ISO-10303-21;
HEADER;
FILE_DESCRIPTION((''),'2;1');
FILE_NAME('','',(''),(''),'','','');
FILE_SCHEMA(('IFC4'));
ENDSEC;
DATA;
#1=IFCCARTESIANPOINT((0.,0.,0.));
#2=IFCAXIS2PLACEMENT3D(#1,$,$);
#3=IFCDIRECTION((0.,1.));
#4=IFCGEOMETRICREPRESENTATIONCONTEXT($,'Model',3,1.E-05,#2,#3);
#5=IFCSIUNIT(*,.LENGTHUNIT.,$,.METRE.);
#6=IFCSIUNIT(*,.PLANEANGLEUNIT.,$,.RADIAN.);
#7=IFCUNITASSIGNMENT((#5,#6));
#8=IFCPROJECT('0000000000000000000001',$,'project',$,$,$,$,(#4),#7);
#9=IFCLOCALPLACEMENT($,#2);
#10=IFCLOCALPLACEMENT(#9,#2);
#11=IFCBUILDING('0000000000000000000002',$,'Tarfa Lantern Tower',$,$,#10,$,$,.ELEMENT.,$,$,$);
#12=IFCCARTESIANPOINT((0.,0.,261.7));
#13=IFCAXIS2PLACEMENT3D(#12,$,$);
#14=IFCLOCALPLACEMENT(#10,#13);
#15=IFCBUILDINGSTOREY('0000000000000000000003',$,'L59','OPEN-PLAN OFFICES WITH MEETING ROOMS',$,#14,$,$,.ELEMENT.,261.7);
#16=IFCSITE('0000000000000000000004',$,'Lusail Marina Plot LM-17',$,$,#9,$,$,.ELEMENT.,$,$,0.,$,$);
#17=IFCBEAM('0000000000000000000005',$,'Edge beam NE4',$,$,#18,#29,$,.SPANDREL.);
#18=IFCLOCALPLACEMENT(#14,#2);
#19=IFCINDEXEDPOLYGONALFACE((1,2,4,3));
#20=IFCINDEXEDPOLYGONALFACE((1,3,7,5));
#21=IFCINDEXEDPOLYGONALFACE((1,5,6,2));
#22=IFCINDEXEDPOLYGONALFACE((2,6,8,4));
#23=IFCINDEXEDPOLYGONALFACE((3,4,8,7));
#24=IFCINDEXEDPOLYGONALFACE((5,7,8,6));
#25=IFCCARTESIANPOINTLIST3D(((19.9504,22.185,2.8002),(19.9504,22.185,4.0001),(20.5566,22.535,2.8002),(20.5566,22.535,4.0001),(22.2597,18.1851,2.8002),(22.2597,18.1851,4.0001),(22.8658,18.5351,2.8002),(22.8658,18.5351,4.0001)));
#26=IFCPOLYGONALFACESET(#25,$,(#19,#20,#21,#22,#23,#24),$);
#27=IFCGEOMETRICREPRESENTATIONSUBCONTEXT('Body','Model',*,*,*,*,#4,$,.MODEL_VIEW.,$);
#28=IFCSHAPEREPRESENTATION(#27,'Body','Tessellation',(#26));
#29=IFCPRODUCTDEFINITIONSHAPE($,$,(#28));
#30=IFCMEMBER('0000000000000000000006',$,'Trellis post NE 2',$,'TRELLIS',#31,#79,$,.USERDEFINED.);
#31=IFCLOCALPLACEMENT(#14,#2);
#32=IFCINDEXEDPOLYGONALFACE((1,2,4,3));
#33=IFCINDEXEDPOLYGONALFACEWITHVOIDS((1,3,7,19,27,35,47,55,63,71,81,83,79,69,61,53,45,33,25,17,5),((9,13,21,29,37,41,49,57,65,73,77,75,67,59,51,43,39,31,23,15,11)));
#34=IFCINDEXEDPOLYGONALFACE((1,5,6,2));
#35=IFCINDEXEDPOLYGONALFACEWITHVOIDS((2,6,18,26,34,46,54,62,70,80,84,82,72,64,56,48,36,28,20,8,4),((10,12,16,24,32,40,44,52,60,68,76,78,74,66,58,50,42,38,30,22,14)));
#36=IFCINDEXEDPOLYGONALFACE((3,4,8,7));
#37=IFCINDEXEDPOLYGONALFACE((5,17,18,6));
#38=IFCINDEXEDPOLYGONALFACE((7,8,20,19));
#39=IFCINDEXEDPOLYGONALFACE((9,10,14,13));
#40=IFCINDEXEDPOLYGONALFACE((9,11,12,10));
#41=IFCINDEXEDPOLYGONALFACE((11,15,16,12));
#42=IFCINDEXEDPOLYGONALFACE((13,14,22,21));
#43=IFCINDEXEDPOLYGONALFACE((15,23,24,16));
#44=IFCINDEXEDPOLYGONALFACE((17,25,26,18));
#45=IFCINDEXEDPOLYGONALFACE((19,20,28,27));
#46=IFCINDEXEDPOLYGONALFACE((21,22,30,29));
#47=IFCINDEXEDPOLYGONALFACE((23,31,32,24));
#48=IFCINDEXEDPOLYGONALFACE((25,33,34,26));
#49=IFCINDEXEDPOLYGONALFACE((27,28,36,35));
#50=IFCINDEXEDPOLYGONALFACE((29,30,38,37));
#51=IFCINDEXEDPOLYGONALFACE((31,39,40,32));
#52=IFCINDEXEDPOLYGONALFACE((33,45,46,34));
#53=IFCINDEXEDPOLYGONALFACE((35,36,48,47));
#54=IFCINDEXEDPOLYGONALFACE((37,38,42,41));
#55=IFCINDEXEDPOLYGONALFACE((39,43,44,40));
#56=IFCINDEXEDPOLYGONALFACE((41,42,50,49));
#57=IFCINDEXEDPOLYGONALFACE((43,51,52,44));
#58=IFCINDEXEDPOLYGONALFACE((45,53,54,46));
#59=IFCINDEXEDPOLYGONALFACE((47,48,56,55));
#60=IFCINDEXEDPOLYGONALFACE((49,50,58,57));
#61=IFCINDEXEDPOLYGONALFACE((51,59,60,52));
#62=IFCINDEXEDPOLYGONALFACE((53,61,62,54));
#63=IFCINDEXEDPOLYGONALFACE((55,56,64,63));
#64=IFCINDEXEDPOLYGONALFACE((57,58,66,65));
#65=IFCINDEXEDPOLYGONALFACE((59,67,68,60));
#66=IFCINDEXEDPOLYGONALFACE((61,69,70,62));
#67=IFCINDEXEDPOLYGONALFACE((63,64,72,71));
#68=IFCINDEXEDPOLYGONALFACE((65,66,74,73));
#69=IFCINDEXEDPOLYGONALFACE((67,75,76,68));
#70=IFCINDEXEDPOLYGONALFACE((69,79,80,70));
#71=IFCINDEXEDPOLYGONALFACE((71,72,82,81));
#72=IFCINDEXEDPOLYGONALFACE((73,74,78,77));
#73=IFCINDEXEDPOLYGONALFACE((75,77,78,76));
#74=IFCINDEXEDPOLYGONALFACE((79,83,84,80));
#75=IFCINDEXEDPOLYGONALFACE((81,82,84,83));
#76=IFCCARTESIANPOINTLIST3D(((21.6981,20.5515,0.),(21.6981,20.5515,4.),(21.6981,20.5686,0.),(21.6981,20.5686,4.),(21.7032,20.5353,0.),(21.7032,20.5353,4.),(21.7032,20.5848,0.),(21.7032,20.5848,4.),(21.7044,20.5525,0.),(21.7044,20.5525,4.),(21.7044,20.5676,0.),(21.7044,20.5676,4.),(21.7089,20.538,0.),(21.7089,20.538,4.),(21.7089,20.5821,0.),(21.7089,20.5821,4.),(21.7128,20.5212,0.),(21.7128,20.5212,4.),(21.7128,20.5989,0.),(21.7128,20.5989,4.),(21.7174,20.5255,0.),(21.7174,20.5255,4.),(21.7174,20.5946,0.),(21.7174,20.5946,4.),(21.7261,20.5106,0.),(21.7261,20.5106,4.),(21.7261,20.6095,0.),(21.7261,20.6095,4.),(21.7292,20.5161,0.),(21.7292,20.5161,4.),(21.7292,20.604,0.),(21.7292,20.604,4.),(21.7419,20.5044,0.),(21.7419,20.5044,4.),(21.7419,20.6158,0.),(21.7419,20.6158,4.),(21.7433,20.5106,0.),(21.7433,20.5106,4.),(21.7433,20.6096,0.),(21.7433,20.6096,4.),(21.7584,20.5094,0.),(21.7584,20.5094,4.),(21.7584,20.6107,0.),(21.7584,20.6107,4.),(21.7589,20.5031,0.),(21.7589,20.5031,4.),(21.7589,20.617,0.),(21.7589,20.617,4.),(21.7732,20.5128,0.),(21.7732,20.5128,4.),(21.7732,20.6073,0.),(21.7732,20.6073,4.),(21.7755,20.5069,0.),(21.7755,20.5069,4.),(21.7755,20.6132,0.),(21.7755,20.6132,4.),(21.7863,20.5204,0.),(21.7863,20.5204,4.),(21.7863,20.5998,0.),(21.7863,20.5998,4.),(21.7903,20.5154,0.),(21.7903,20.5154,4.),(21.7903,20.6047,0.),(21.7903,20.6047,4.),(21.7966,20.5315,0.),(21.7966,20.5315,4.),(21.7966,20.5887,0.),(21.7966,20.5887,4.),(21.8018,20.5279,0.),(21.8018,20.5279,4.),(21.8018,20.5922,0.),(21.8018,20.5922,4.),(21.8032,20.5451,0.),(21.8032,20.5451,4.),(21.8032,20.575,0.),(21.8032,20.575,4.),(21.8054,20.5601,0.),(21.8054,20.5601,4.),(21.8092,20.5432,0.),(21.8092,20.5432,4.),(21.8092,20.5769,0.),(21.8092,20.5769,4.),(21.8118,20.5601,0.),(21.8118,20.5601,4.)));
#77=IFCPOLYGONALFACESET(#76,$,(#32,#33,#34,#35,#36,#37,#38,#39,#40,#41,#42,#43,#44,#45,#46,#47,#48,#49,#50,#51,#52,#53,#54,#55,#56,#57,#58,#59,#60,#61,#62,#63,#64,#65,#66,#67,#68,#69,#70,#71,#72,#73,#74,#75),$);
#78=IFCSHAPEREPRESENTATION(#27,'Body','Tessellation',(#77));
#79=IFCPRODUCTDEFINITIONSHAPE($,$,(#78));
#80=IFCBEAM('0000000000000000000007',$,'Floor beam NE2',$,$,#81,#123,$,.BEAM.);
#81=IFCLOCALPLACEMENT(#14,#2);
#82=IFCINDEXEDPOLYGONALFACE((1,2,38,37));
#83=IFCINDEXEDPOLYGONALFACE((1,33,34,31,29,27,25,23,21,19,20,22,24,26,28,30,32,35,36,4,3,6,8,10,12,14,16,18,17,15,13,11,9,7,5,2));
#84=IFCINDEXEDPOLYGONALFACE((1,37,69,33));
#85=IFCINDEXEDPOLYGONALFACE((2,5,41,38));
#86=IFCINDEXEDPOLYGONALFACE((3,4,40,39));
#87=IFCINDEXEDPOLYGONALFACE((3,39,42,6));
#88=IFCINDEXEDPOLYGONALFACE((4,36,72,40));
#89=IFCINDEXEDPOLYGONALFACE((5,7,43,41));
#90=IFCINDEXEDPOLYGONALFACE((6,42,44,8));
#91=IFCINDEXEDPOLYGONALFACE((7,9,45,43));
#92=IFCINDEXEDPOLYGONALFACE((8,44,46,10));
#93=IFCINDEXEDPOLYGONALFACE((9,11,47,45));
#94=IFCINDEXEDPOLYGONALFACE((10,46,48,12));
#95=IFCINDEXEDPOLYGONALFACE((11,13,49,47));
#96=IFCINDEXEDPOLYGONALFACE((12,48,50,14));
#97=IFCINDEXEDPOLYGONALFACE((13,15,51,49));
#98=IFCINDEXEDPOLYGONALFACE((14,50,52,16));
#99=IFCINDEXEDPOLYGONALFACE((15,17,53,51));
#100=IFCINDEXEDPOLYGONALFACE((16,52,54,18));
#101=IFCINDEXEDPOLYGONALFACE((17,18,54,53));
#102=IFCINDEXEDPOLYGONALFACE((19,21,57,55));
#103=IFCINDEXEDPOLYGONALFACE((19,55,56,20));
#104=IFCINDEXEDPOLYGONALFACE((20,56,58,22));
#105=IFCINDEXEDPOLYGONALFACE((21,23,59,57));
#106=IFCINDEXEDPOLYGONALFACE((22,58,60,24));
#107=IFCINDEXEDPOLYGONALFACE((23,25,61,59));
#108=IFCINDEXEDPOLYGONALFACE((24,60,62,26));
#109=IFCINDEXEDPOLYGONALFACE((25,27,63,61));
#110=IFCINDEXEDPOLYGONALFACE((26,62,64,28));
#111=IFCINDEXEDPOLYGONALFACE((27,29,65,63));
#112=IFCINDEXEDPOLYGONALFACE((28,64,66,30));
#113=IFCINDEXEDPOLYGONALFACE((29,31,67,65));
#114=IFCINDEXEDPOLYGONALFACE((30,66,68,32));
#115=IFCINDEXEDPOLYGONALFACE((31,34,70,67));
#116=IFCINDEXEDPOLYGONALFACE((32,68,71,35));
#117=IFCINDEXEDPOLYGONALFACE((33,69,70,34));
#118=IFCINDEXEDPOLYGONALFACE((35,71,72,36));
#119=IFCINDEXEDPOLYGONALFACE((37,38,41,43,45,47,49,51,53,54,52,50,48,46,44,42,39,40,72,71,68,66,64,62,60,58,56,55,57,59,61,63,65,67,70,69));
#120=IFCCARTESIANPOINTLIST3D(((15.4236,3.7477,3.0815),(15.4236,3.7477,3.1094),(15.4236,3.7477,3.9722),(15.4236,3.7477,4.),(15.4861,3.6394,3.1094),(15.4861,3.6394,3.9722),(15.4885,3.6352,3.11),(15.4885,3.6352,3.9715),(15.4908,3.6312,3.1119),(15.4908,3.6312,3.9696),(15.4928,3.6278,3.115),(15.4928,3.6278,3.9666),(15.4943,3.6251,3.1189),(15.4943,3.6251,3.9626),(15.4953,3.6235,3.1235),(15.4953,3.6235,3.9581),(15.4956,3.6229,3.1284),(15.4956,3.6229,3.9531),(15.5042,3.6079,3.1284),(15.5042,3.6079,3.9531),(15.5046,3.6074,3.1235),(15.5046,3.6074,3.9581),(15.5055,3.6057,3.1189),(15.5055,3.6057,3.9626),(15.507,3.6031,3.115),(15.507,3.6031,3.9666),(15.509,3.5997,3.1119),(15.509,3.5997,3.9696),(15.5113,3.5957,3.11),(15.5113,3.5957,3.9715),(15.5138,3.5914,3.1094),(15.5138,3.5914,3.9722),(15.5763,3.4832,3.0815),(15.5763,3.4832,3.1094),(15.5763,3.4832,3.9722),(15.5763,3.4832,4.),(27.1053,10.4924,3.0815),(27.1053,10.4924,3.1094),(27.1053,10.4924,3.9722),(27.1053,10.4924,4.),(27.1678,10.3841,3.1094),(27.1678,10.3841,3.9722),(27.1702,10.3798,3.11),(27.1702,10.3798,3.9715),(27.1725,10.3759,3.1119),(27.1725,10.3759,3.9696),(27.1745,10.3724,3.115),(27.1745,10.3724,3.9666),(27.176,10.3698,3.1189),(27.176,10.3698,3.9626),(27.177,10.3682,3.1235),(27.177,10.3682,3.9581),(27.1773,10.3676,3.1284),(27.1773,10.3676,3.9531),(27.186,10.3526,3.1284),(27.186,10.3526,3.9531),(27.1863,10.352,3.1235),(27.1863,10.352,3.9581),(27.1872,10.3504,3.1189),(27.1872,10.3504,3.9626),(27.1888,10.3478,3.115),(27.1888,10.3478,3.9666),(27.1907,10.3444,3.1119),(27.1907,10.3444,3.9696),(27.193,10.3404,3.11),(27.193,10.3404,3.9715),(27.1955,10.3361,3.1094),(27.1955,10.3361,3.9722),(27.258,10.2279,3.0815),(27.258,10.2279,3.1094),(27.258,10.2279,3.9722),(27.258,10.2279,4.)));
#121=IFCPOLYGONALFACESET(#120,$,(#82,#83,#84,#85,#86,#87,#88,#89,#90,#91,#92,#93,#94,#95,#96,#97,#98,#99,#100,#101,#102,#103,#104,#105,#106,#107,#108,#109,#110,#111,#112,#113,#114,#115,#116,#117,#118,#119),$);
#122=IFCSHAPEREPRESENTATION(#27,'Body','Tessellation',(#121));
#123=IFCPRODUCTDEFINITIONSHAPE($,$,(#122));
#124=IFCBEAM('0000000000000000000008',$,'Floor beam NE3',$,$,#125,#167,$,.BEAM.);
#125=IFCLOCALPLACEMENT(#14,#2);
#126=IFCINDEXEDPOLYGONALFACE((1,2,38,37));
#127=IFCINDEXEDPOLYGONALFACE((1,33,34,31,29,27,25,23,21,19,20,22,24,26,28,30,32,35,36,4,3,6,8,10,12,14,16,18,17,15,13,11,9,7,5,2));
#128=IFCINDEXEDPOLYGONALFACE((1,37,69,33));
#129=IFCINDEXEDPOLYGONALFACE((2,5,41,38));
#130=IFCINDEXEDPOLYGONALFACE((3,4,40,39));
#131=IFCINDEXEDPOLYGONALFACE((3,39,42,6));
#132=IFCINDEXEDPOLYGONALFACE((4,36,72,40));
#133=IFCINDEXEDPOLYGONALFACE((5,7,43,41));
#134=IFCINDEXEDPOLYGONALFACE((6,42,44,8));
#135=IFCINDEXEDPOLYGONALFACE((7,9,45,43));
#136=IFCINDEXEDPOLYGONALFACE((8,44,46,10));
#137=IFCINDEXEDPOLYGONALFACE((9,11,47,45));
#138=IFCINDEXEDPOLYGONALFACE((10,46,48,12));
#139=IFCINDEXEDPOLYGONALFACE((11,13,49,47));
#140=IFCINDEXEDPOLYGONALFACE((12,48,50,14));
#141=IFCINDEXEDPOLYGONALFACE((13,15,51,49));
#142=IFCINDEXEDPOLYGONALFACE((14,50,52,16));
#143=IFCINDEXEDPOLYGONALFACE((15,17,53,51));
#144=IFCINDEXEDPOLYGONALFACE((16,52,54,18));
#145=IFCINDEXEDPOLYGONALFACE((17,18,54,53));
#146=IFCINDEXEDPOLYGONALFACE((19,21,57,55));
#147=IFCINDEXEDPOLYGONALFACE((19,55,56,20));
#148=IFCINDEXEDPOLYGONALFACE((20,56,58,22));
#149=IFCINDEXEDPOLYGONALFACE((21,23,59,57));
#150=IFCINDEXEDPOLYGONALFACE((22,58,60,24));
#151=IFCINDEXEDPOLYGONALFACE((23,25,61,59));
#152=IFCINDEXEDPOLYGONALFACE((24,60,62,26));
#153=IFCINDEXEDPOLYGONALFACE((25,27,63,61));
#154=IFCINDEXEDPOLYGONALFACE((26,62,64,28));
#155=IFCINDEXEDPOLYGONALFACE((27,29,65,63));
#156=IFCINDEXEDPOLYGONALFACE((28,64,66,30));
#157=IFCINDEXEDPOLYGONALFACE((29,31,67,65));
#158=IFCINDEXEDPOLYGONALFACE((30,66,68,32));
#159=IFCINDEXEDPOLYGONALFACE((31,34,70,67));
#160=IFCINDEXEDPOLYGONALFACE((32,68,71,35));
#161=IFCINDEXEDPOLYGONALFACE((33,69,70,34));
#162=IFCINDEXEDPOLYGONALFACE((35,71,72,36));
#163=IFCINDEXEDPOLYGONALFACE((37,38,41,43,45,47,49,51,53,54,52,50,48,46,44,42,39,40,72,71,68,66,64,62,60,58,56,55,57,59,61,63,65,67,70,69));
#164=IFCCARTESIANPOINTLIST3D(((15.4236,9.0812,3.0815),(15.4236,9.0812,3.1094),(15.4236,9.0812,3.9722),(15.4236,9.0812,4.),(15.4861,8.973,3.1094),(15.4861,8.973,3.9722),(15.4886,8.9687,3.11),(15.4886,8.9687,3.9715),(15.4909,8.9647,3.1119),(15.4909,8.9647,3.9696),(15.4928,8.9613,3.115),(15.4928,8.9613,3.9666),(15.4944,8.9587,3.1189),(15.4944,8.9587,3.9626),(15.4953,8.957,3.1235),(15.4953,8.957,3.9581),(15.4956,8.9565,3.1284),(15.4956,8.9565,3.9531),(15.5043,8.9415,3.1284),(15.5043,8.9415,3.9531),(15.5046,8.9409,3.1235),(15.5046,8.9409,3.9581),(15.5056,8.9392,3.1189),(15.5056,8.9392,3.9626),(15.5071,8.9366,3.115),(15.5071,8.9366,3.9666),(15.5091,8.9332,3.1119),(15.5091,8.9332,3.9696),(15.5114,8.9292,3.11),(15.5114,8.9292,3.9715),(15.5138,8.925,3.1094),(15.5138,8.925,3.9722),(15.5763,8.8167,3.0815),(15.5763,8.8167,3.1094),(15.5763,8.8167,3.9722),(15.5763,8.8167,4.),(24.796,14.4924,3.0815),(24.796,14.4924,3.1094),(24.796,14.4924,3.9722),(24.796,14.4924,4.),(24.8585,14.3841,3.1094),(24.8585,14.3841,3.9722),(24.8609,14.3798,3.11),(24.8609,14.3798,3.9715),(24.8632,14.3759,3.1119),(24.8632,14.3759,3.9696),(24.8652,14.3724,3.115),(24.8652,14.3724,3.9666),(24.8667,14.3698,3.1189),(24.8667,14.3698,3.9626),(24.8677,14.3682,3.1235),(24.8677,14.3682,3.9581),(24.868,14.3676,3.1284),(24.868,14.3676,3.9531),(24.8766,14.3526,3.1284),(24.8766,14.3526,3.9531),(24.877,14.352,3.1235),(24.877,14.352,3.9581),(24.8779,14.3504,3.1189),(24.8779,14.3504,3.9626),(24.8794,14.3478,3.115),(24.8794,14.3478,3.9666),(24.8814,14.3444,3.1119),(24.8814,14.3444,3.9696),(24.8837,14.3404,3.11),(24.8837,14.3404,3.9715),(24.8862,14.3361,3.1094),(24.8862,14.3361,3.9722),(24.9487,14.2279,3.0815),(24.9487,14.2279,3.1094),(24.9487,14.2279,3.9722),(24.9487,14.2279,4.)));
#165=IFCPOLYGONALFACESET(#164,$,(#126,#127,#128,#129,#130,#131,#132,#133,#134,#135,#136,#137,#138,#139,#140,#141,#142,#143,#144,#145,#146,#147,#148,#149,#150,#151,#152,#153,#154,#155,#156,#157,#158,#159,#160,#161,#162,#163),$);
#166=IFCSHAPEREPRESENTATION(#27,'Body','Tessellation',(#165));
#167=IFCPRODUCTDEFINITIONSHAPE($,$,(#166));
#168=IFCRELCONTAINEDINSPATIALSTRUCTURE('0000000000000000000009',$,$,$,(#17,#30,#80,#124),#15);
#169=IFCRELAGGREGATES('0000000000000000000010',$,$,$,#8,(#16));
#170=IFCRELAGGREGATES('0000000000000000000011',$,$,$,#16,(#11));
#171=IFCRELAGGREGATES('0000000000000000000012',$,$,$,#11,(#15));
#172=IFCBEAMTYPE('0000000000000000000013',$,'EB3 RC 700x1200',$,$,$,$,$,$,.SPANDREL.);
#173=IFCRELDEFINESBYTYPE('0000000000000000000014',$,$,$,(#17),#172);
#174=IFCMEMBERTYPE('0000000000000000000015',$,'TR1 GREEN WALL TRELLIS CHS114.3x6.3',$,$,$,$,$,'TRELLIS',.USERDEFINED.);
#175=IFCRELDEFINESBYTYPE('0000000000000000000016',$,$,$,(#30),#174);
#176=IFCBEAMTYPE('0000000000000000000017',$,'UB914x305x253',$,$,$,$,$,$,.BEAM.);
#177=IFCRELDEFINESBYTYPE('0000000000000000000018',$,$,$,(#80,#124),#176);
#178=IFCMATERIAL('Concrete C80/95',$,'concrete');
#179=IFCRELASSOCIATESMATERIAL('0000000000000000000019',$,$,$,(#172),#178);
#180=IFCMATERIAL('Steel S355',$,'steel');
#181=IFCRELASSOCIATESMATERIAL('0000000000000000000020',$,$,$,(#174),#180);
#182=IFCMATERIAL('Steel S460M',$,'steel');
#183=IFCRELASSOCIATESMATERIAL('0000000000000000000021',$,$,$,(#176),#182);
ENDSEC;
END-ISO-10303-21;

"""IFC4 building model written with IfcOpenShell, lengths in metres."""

from ifc_helpers import new_model, si_unit, direction, frame, origin, origin_2d, place, context, subcontext, project, spatial, rectangle, hollow_circle, i_section, extrude, material, material_profile, profile_set, type_object, element, save


model = new_model("IFC4")

# Units and contexts
model_context = context("Model", 3, precision=1e-05, world=origin(), true_north=direction((0.0, 1.0)))
body_context = subcontext(model_context, "Body", "Model", "MODEL_VIEW")
ifc_project = project(units=[si_unit("LENGTHUNIT", "METRE"), si_unit("PLANEANGLEUNIT", "RADIAN")], contexts=[model_context])

# Site, building, storey
site_placement = place(None, origin())
site = spatial("IfcSite", under=ifc_project, at=site_placement, Name="Lusail Marina Plot LM-17", CompositionType="ELEMENT", RefElevation=0.0)
building_placement = place(site_placement, origin())
building = spatial("IfcBuilding", under=site, at=building_placement, Name="Tarfa Lantern Tower", CompositionType="ELEMENT")
storey_placement = place(building_placement, frame((0.0, 0.0, 261.7)))
storey = spatial("IfcBuildingStorey", under=building, at=storey_placement, Name="L59", Description="OPEN-PLAN OFFICES WITH MEETING ROOMS", CompositionType="ELEMENT", Elevation=261.7)

# Shared definitions
ifc_material_1 = material(Name="Concrete C80/95", Category="concrete")

# Beam
ifc_material_profile_1 = material_profile(ifc_material_1, rectangle(XDim=0.7, YDim=1.2, at=origin_2d()), Name="RC 700x1200")
ifc_profile_set_1 = profile_set([ifc_material_profile_1], Name="Concrete C80/95")
beam_type_1 = type_object("IfcBeamType", Name="EB3 RC 700x1200", PredefinedType="SPANDREL", material=ifc_profile_set_1)
beam_1_placement = place(storey_placement, frame((22.5627, 18.3601, 3.4001), z_axis=(-0.499988, 0.866032, 0.0), x_axis=(-0.866032, -0.499988, 0.0)))
element("IfcBeam", 1, at=beam_1_placement, inside=storey, type_object=beam_type_1, Name="Edge beam NE4", PredefinedType="SPANDREL", context=body_context, shape_type="SweptSolid", body=[
    extrude(rectangle(XDim=0.7, YDim=1.2, at=origin_2d()), origin(), (0.0, 0.0, 1.0), 4.6187),
])

# Member
ifc_material_2 = material(Name="Steel S355", Category="steel")
ifc_material_profile_2 = material_profile(ifc_material_2, hollow_circle(Radius=0.0571, WallThickness=0.0063, at=origin_2d()), Name="CHS114.3x6.3")
ifc_profile_set_2 = profile_set([ifc_material_profile_2], Name="Steel S355")
member_type_1 = type_object("IfcMemberType", Name="TR1 GREEN WALL TRELLIS CHS114.3x6.3", ElementType="TRELLIS", PredefinedType="USERDEFINED", material=ifc_profile_set_2)
member_1_placement = place(storey_placement, frame((21.7546, 20.5601, 0.0), z_axis=(0.0, 0.0, 1.0), x_axis=(1.0, 0.0, 0.0)))
element("IfcMember", 2, at=member_1_placement, inside=storey, type_object=member_type_1, Name="Trellis post NE 2", ObjectType="TRELLIS", PredefinedType="USERDEFINED", context=body_context, shape_type="SweptSolid", body=[
    extrude(hollow_circle(Radius=0.0571, WallThickness=0.0063, at=origin_2d()), origin(), (0.0, 0.0, 1.0), 4.0),
])

# Beams
ifc_material_3 = material(Name="Steel S460M", Category="steel")
ifc_material_profile_3 = material_profile(ifc_material_3, i_section(OverallWidth=0.3054, OverallDepth=0.9185, WebThickness=0.0173, FlangeThickness=0.0278, FilletRadius=0.019, at=origin_2d()), Name="UB914x305x253")
ifc_profile_set_3 = profile_set([ifc_material_profile_3], Name="Steel S460M")
beam_type_2 = type_object("IfcBeamType", Name="UB914x305x253", PredefinedType="BEAM", material=ifc_profile_set_3)
beam_2_placement = place(storey_placement, frame((27.1816, 10.3601, 3.5408), z_axis=(-0.866018, -0.500013, 0.0), x_axis=(0.500013, -0.866018, 0.0)))
element("IfcBeam", 3, at=beam_2_placement, inside=storey, type_object=beam_type_2, Name="Floor beam NE2", PredefinedType="BEAM", context=body_context, shape_type="SweptSolid", body=[
    extrude(i_section(OverallWidth=0.3054, OverallDepth=0.9185, WebThickness=0.0173, FlangeThickness=0.0278, FilletRadius=0.019, at=origin_2d()), origin(), (0.0, 0.0, 1.0), 13.489),
])
beam_3_placement = place(storey_placement, frame((24.8723, 14.3601, 3.5408), z_axis=(-0.866024, -0.500002, 0.0), x_axis=(0.500002, -0.866024, 0.0)))
element("IfcBeam", 4, at=beam_3_placement, inside=storey, type_object=beam_type_2, Name="Floor beam NE3", PredefinedType="BEAM", context=body_context, shape_type="SweptSolid", body=[
    extrude(i_section(OverallWidth=0.3054, OverallDepth=0.9185, WebThickness=0.0173, FlangeThickness=0.0278, FilletRadius=0.019, at=origin_2d()), origin(), (0.0, 0.0, 1.0), 10.8223),
])

save(model, "model.ifc")
